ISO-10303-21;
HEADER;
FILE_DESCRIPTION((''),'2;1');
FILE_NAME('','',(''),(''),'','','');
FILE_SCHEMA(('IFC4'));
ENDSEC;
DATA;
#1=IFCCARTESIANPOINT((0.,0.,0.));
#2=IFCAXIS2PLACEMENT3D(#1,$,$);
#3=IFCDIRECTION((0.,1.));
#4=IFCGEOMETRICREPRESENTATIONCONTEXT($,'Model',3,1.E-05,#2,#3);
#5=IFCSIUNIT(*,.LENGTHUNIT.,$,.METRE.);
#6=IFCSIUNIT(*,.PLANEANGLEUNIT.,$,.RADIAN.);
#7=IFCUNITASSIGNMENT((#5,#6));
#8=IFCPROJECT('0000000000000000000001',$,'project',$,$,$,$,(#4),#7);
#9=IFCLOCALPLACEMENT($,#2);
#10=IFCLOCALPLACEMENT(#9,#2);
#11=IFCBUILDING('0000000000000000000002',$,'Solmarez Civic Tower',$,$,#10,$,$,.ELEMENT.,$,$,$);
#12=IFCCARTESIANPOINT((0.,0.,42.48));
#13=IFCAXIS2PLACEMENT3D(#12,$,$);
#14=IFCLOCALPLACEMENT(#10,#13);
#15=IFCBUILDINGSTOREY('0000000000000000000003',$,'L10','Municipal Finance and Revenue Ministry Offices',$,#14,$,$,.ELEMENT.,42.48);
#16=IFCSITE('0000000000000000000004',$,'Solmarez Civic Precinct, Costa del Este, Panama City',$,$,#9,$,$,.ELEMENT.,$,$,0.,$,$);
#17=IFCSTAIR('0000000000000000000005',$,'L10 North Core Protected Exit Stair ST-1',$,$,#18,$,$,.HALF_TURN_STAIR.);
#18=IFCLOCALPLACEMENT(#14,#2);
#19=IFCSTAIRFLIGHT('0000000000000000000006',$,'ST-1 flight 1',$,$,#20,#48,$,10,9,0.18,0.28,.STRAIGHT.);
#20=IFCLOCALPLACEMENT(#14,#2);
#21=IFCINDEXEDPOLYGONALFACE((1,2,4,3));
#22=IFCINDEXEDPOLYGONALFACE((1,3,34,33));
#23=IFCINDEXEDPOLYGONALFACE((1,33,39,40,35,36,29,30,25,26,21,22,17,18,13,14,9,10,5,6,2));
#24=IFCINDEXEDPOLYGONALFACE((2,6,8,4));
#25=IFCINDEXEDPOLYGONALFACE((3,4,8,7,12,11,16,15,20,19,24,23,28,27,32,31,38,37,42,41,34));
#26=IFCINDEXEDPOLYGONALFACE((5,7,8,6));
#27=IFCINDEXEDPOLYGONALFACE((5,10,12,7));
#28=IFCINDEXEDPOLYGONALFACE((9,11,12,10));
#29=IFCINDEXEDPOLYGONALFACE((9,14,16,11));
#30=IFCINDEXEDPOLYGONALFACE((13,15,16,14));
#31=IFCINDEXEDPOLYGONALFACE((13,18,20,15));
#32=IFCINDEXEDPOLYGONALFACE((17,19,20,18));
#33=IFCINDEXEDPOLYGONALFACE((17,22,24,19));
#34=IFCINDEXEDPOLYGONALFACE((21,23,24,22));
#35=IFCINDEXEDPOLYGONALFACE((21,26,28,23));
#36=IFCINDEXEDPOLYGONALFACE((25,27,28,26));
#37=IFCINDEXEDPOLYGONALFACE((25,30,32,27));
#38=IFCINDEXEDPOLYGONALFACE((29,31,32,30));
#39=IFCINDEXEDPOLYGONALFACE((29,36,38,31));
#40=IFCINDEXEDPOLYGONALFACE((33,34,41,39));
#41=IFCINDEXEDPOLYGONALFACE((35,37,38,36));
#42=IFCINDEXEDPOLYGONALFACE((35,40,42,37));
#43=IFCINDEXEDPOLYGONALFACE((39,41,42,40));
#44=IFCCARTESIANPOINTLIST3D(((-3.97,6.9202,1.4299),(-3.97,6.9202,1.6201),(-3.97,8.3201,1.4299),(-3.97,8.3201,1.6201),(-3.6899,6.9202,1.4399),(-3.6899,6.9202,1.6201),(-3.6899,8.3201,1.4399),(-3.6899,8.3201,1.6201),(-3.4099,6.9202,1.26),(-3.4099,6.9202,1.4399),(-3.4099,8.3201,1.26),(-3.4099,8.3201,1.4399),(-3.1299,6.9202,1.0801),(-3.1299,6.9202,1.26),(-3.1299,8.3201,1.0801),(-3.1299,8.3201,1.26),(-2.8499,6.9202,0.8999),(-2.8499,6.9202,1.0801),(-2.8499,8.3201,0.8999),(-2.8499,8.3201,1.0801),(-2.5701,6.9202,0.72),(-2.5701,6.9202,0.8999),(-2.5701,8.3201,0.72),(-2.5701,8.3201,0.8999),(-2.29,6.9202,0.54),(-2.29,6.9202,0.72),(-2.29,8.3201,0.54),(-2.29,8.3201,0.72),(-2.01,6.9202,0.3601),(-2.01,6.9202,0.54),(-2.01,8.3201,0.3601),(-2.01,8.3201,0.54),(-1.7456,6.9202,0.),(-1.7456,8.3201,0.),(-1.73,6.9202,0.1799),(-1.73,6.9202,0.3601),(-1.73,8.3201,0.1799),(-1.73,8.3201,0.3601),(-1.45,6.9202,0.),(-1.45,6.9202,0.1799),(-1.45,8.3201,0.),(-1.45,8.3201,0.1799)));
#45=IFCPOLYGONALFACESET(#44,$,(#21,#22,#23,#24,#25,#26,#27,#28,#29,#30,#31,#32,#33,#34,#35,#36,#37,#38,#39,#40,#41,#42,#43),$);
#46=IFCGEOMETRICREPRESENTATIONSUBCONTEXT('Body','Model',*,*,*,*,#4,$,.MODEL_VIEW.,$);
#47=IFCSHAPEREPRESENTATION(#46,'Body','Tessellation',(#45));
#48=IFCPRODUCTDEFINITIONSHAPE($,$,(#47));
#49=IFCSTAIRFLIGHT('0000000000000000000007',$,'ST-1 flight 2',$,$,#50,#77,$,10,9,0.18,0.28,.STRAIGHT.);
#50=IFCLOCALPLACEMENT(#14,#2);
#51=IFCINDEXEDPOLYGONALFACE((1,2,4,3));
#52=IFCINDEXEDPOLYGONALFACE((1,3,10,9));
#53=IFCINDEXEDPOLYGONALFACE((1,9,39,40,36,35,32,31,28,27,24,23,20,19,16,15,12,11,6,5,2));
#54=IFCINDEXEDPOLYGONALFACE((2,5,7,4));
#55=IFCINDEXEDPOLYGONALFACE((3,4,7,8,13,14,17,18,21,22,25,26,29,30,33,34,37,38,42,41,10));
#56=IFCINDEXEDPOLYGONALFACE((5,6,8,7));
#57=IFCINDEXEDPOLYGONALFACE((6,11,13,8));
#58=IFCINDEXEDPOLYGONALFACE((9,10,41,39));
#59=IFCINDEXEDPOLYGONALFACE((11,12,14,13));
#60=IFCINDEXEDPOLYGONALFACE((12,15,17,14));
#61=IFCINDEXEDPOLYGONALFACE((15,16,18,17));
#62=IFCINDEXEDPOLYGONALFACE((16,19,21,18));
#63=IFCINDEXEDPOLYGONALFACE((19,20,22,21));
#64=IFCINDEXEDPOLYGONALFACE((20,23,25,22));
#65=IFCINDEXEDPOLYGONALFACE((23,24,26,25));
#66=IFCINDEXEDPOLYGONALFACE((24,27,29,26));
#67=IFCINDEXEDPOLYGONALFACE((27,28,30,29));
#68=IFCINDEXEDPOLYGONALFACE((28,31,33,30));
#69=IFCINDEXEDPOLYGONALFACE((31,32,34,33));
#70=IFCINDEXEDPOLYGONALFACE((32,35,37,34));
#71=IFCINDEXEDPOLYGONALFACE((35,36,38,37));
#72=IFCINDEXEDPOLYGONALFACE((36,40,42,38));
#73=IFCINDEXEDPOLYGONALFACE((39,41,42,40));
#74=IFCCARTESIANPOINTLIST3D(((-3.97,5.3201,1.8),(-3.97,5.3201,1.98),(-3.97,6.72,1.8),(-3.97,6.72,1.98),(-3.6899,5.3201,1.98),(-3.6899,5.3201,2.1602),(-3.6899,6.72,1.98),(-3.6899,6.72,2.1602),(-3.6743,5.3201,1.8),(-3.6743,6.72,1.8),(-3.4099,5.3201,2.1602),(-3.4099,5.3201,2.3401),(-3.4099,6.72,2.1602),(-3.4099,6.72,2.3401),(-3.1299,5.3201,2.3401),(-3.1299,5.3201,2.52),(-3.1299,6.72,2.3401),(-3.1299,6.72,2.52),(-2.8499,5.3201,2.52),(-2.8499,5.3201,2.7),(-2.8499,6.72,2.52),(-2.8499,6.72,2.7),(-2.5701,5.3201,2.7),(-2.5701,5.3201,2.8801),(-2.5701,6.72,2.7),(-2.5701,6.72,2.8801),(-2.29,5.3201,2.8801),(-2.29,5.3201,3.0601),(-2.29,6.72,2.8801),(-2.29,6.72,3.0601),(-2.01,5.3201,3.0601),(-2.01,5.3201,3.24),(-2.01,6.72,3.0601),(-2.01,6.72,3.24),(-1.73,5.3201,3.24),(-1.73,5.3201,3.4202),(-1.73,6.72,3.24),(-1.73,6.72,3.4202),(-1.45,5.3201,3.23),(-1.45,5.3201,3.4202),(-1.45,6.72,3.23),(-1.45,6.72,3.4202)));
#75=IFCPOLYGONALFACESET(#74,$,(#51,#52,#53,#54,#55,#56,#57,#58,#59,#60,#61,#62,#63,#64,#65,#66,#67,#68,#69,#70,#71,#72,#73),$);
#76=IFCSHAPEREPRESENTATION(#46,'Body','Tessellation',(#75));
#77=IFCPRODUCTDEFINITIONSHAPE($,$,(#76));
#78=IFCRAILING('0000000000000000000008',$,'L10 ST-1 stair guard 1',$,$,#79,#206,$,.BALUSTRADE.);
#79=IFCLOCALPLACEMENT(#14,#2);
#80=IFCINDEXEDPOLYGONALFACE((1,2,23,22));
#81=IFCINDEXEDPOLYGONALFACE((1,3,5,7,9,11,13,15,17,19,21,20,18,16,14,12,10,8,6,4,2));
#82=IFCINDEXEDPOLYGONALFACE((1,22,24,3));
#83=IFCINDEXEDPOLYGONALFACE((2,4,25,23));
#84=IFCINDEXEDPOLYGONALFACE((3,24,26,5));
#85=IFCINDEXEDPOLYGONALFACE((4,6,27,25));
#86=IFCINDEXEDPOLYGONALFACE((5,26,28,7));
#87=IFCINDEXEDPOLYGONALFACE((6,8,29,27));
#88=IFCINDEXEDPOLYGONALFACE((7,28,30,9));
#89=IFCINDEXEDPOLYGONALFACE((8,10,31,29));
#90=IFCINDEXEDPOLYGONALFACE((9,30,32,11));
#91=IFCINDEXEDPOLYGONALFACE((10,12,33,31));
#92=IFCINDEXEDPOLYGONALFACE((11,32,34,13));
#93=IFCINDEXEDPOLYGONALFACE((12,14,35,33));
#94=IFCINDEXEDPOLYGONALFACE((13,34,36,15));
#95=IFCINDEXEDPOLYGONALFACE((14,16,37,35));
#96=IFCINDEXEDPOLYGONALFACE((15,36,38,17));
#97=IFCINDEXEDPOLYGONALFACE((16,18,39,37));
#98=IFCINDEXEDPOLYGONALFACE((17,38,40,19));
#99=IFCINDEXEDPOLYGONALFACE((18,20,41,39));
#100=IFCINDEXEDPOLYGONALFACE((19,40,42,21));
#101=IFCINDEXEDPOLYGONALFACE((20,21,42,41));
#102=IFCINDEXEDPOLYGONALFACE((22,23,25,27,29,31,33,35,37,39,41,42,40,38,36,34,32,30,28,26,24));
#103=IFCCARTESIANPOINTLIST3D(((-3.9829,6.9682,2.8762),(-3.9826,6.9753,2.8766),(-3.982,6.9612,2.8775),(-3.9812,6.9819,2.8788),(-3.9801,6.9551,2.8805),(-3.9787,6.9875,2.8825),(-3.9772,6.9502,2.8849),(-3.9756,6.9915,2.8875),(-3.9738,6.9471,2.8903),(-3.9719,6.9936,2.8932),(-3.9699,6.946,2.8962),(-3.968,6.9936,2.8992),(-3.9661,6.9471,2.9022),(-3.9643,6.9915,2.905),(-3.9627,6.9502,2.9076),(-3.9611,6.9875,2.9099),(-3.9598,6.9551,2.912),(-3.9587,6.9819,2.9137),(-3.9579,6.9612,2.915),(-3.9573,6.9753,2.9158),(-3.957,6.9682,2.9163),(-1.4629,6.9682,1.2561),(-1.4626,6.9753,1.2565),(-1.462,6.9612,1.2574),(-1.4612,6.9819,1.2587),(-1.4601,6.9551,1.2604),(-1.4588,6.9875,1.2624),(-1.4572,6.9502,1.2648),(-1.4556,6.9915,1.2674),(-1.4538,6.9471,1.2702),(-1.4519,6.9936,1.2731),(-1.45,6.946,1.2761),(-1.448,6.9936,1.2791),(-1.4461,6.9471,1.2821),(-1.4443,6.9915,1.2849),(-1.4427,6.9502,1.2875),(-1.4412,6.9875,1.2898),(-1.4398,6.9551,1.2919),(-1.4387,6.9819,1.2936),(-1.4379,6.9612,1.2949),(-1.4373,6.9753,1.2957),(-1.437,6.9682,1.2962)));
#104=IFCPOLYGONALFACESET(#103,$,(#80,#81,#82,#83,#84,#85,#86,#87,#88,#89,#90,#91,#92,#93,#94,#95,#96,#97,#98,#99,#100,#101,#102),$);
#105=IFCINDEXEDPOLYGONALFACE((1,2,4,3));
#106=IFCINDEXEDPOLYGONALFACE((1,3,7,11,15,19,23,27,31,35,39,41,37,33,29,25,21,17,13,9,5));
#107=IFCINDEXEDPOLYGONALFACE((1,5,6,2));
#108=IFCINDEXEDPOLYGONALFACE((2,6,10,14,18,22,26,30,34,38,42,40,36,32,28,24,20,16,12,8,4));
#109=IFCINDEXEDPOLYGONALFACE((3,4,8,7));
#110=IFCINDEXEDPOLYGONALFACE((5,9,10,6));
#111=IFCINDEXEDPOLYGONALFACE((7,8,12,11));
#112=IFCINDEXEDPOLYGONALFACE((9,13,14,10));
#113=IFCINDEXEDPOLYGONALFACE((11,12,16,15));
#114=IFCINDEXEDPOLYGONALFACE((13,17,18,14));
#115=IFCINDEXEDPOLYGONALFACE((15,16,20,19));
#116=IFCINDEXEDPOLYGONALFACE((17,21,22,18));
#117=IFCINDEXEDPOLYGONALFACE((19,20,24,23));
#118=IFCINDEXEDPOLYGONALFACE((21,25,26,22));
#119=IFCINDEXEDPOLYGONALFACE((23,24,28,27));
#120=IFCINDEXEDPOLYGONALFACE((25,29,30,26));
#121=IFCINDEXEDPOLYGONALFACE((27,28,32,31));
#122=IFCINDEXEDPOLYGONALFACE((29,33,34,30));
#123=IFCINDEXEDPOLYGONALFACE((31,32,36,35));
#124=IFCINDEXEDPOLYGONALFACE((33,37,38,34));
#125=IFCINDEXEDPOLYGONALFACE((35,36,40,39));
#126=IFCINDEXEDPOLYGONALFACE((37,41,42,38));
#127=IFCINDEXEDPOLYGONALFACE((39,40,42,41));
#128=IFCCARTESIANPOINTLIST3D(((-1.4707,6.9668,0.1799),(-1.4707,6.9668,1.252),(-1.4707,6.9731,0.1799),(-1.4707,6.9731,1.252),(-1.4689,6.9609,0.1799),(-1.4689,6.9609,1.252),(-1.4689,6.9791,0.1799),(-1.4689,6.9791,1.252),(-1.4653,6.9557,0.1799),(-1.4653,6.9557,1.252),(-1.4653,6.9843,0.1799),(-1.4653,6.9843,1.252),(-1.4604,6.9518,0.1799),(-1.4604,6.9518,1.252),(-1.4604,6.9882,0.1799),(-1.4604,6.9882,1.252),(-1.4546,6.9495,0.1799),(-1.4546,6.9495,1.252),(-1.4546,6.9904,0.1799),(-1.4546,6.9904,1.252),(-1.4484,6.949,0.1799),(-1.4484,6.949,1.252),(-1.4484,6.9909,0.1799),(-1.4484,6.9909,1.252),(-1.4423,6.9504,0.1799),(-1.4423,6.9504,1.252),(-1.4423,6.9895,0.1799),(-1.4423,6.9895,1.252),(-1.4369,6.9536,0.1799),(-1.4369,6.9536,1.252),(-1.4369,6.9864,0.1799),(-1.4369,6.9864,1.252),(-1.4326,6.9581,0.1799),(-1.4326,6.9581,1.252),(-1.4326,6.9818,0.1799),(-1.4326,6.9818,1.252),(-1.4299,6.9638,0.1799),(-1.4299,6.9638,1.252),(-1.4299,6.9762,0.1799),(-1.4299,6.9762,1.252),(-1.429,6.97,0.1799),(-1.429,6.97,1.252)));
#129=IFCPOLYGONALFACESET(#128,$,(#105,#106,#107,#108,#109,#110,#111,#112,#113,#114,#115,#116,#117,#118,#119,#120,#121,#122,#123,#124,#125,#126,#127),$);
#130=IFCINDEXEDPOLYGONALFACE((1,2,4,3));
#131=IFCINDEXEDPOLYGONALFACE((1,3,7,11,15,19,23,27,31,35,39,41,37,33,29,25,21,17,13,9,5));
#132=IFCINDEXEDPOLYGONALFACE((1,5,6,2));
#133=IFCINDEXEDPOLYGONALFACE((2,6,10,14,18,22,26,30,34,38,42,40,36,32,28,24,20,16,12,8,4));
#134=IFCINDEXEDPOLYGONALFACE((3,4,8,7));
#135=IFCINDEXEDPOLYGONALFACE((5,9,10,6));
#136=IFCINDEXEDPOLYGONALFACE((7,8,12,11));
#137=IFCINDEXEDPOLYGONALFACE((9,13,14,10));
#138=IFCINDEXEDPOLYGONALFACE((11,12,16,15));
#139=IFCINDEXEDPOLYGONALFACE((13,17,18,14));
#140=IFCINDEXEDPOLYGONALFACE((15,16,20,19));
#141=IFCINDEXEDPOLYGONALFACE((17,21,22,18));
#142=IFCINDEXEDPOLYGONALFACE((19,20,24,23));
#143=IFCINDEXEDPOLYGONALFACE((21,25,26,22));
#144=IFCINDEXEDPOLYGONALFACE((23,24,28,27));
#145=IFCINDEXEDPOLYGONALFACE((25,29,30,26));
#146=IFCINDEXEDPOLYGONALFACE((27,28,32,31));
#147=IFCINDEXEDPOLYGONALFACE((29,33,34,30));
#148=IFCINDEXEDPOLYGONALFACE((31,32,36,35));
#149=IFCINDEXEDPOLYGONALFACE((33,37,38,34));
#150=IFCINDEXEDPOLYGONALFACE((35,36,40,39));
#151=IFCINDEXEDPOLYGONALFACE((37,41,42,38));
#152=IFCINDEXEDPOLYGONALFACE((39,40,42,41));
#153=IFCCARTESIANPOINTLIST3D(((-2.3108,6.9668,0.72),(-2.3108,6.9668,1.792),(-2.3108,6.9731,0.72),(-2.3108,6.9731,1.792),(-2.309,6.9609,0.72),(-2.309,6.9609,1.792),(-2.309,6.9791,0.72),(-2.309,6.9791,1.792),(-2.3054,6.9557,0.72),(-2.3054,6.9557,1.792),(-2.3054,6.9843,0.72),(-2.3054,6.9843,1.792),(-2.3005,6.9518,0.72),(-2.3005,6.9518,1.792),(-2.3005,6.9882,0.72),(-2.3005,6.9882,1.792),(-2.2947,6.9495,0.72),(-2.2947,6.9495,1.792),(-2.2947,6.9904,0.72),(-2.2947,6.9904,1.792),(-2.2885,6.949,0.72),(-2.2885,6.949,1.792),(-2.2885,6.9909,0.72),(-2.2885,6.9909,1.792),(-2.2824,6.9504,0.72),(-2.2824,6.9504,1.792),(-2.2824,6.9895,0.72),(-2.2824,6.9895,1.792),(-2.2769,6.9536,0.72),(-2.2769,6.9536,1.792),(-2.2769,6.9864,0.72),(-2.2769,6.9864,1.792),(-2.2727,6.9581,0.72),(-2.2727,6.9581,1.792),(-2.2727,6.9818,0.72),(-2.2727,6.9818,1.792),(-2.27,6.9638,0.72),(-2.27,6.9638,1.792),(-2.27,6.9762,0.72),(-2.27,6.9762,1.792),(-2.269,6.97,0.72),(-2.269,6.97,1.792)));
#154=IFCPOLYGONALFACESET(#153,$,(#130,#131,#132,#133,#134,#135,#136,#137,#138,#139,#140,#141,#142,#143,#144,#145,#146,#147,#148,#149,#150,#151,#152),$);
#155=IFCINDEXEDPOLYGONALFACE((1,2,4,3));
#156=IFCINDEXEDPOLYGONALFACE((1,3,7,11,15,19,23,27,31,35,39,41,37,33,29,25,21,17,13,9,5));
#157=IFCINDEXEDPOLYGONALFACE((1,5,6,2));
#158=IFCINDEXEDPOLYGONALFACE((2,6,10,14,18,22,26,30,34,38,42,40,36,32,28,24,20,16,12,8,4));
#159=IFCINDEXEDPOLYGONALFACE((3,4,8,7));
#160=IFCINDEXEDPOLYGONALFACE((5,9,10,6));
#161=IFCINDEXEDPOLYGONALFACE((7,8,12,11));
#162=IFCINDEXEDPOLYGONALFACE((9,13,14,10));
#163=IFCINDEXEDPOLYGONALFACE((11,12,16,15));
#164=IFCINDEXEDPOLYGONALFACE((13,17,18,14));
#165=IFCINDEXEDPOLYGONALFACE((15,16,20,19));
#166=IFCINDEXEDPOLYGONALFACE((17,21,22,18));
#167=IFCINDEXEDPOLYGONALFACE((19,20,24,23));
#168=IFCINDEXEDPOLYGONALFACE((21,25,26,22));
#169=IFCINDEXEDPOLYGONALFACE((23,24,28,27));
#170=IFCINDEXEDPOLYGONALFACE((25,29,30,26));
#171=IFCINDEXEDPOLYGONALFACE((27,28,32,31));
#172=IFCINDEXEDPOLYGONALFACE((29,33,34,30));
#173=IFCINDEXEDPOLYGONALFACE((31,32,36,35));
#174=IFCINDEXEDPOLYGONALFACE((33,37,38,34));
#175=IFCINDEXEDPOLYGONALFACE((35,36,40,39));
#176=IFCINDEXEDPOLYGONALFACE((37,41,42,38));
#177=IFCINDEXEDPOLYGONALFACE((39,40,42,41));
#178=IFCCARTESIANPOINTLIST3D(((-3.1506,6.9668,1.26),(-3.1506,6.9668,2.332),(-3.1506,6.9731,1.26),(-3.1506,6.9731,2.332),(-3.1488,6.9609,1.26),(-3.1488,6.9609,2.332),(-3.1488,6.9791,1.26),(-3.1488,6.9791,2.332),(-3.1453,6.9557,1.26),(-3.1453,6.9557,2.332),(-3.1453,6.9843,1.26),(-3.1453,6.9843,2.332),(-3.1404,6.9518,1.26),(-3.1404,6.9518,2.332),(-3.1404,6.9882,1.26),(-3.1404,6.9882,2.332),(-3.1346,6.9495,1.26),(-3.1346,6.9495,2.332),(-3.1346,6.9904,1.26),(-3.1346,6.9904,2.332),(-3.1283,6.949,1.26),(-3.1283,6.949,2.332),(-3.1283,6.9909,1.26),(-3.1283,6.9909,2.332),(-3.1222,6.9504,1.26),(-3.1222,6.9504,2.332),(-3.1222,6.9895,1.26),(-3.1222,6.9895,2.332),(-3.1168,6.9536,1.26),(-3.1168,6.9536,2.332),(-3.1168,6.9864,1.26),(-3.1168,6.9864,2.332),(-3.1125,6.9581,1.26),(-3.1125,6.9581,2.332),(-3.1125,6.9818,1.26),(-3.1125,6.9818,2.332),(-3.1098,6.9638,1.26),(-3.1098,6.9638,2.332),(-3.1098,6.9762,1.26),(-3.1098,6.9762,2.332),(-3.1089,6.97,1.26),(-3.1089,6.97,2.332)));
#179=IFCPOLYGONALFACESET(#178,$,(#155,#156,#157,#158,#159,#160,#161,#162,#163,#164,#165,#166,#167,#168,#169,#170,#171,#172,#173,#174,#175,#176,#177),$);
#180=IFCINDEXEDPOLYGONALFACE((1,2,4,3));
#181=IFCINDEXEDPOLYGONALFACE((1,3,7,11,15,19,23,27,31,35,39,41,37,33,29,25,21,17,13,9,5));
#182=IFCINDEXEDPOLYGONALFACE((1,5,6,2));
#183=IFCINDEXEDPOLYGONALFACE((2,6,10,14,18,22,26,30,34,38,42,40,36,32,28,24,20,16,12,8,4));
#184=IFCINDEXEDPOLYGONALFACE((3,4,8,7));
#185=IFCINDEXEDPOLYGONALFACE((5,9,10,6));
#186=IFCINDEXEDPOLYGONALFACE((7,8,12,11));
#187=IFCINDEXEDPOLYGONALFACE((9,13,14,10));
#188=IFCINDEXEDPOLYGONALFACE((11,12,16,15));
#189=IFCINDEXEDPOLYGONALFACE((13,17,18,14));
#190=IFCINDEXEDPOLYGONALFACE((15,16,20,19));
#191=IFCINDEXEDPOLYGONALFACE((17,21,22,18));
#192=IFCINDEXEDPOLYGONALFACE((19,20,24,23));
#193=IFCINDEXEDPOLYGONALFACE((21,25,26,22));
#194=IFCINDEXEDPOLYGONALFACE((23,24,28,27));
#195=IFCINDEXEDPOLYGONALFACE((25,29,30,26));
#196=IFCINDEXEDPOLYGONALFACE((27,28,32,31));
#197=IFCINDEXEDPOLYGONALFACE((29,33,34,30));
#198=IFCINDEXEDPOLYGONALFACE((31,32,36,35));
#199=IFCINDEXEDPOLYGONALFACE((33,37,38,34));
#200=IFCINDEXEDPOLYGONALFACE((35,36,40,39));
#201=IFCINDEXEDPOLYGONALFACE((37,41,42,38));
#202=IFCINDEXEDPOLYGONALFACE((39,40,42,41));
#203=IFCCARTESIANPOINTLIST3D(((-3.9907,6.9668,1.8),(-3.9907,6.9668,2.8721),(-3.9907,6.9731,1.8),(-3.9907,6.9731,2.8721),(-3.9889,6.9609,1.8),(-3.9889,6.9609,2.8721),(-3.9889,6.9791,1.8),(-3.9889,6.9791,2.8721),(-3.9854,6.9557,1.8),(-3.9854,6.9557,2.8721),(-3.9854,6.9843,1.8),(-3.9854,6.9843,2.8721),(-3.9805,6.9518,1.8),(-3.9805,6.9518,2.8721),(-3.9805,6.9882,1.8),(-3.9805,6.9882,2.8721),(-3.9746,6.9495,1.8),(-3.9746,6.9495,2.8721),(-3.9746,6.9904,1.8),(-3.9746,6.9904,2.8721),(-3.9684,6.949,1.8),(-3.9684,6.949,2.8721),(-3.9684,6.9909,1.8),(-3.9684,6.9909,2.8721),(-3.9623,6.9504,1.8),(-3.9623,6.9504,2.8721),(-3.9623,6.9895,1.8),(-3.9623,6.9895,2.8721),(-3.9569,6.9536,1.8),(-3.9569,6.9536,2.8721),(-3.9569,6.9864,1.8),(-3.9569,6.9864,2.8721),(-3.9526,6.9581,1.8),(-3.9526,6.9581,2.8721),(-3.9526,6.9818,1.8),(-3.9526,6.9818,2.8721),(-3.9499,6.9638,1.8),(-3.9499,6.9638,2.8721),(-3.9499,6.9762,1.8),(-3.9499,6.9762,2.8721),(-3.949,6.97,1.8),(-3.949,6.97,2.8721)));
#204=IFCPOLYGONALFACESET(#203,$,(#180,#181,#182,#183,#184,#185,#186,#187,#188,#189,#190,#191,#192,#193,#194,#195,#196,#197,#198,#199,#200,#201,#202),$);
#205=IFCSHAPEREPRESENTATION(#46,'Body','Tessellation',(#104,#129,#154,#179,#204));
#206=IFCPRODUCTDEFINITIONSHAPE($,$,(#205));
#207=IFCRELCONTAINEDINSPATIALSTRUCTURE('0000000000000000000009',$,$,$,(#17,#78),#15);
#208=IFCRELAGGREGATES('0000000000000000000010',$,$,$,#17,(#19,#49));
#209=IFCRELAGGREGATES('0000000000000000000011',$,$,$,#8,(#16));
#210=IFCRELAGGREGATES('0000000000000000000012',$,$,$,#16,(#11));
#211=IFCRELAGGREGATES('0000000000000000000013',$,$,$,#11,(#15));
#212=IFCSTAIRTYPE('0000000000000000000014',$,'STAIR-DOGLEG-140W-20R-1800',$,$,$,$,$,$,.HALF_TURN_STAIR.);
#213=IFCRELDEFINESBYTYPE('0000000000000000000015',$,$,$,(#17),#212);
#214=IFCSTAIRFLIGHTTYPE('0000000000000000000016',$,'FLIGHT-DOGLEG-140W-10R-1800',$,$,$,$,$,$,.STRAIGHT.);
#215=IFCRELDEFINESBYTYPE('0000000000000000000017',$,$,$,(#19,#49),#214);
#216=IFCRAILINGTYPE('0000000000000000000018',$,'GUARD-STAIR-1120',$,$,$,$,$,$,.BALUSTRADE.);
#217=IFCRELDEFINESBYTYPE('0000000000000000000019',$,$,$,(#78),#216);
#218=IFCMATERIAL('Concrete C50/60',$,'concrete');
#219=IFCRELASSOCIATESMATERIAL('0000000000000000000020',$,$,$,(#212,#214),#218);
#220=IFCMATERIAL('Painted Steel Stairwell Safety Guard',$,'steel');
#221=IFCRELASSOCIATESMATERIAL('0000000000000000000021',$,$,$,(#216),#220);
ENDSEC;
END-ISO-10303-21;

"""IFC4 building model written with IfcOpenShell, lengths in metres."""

from ifc_helpers import new_model, si_unit, direction, frame, origin, origin_2d, place, context, subcontext, project, spatial, polyline, circle, outline, extrude, material, type_object, element, aggregate, save


model = new_model("IFC4")

# Units and contexts
model_context = context("Model", 3, precision=1e-05, world=origin(), true_north=direction((0.0, 1.0)))
body_context = subcontext(model_context, "Body", "Model", "MODEL_VIEW")
ifc_project = project(units=[si_unit("LENGTHUNIT", "METRE"), si_unit("PLANEANGLEUNIT", "RADIAN")], contexts=[model_context])

# Site, building, storey
site_placement = place(None, origin())
site = spatial("IfcSite", under=ifc_project, at=site_placement, Name="Solmarez Civic Precinct, Costa del Este, Panama City", CompositionType="ELEMENT", RefElevation=0.0)
building_placement = place(site_placement, origin())
building = spatial("IfcBuilding", under=site, at=building_placement, Name="Solmarez Civic Tower", CompositionType="ELEMENT")
storey_placement = place(building_placement, frame((0.0, 0.0, 42.48)))
storey = spatial("IfcBuildingStorey", under=building, at=storey_placement, Name="L10", Description="Municipal Finance and Revenue Ministry Offices", CompositionType="ELEMENT", Elevation=42.48)

# Shared definitions
ifc_material_1 = material(Name="Concrete C50/60", Category="concrete")

# Stair, stair flights
stair_type = type_object("IfcStairType", Name="STAIR-DOGLEG-140W-20R-1800", PredefinedType="HALF_TURN_STAIR", material=ifc_material_1)
stair_placement = place(storey_placement, origin())
stair = element("IfcStair", 1, at=stair_placement, inside=storey, type_object=stair_type, Name="L10 North Core Protected Exit Stair ST-1", PredefinedType="HALF_TURN_STAIR")
stair_flight_type = type_object("IfcStairFlightType", Name="FLIGHT-DOGLEG-140W-10R-1800", PredefinedType="STRAIGHT", material=ifc_material_1)
stair_flight_1_placement = place(storey_placement, frame((-1.45, 7.6201, 0.0), z_axis=(0.0, 0.0, 1.0), x_axis=(-1.0, 0.0, 0.0)))
stair_flight_1 = element("IfcStairFlight", 2, at=stair_flight_1_placement, type_object=stair_flight_type, Name="ST-1 flight 1", NumberOfRisers=10, NumberOfTreads=9, PredefinedType="STRAIGHT", RiserHeight=0.18, TreadLength=0.28, context=body_context, shape_type="SweptSolid", body=[
    extrude(outline(polyline([(0.0, 0.0), (0.0, 0.1799), (0.28, 0.1799), (0.28, 0.3601), (0.5601, 0.3601), (0.5601, 0.54), (0.8401, 0.54), (0.8401, 0.72), (1.1201, 0.72), (1.1201, 0.8999), (1.3999, 0.8999), (1.3999, 1.0801), (1.6799, 1.0801), (1.6799, 1.26), (1.96, 1.26), (1.96, 1.4399), (2.24, 1.4399), (2.24, 1.6201), (2.52, 1.6201), (2.52, 1.8), (2.52, 1.4299), (0.2957, 0.0), (0.0, 0.0)])), frame((0.0, 0.7, 0.0), z_axis=(0.0, -1.0, 0.0), x_axis=(1.0, 0.0, 0.0)), (0.0, 0.0, 1.0), 1.3999),
])
stair_flight_2_placement = place(storey_placement, frame((-3.97, 6.02, 1.8), z_axis=(0.0, 0.0, 1.0), x_axis=(1.0, 0.0, 0.0)))
stair_flight_2 = element("IfcStairFlight", 3, at=stair_flight_2_placement, type_object=stair_flight_type, Name="ST-1 flight 2", NumberOfRisers=10, NumberOfTreads=9, PredefinedType="STRAIGHT", RiserHeight=0.18, TreadLength=0.28, context=body_context, shape_type="SweptSolid", body=[
    extrude(outline(polyline([(0.0, 0.0), (0.0, 0.1799), (0.28, 0.1799), (0.28, 0.3601), (0.5601, 0.3601), (0.5601, 0.54), (0.8401, 0.54), (0.8401, 0.72), (1.1201, 0.72), (1.1201, 0.8999), (1.3999, 0.8999), (1.3999, 1.0801), (1.6799, 1.0801), (1.6799, 1.26), (1.96, 1.26), (1.96, 1.4399), (2.24, 1.4399), (2.24, 1.6201), (2.52, 1.6201), (2.52, 1.8), (2.52, 1.4299), (0.2957, 0.0), (0.0, 0.0)])), frame((0.0, 0.7, 0.0), z_axis=(0.0, -1.0, 0.0), x_axis=(1.0, 0.0, 0.0)), (0.0, 0.0, 1.0), 1.3999),
])
aggregate(stair, [stair_flight_1, stair_flight_2])

# Railing
ifc_material_2 = material(Name="Painted Steel Stairwell Safety Guard", Category="steel")
railing_type_1 = type_object("IfcRailingType", Name="GUARD-STAIR-1120", PredefinedType="BALUSTRADE", material=ifc_material_2)
railing_1_placement = place(storey_placement, frame((-1.45, 6.97, 0.1799)))
element("IfcRailing", 4, at=railing_1_placement, inside=storey, type_object=railing_type_1, Name="L10 ST-1 stair guard 1", PredefinedType="BALUSTRADE", context=body_context, shape_type="SweptSolid", body=[
    extrude(circle(Radius=0.0239, at=origin_2d()), frame((0.0, 0.0, 1.0962), z_axis=(-0.841163, 0.0, 0.540782), x_axis=(0.0, -1.0, 0.0)), (0.0, 0.0, 1.0), 2.9958),
    extrude(circle(Radius=0.021, at=origin_2d()), origin(), (0.0, 0.0, 1.0), 1.072),
    extrude(circle(Radius=0.021, at=origin_2d()), frame((-0.8401, 0.0, 0.54)), (0.0, 0.0, 1.0), 1.072),
    extrude(circle(Radius=0.021, at=origin_2d()), frame((-1.6799, 0.0, 1.0801)), (0.0, 0.0, 1.0), 1.072),
    extrude(circle(Radius=0.021, at=origin_2d()), frame((-2.52, 0.0, 1.6201)), (0.0, 0.0, 1.0), 1.072),
])

save(model, "model.ifc")
